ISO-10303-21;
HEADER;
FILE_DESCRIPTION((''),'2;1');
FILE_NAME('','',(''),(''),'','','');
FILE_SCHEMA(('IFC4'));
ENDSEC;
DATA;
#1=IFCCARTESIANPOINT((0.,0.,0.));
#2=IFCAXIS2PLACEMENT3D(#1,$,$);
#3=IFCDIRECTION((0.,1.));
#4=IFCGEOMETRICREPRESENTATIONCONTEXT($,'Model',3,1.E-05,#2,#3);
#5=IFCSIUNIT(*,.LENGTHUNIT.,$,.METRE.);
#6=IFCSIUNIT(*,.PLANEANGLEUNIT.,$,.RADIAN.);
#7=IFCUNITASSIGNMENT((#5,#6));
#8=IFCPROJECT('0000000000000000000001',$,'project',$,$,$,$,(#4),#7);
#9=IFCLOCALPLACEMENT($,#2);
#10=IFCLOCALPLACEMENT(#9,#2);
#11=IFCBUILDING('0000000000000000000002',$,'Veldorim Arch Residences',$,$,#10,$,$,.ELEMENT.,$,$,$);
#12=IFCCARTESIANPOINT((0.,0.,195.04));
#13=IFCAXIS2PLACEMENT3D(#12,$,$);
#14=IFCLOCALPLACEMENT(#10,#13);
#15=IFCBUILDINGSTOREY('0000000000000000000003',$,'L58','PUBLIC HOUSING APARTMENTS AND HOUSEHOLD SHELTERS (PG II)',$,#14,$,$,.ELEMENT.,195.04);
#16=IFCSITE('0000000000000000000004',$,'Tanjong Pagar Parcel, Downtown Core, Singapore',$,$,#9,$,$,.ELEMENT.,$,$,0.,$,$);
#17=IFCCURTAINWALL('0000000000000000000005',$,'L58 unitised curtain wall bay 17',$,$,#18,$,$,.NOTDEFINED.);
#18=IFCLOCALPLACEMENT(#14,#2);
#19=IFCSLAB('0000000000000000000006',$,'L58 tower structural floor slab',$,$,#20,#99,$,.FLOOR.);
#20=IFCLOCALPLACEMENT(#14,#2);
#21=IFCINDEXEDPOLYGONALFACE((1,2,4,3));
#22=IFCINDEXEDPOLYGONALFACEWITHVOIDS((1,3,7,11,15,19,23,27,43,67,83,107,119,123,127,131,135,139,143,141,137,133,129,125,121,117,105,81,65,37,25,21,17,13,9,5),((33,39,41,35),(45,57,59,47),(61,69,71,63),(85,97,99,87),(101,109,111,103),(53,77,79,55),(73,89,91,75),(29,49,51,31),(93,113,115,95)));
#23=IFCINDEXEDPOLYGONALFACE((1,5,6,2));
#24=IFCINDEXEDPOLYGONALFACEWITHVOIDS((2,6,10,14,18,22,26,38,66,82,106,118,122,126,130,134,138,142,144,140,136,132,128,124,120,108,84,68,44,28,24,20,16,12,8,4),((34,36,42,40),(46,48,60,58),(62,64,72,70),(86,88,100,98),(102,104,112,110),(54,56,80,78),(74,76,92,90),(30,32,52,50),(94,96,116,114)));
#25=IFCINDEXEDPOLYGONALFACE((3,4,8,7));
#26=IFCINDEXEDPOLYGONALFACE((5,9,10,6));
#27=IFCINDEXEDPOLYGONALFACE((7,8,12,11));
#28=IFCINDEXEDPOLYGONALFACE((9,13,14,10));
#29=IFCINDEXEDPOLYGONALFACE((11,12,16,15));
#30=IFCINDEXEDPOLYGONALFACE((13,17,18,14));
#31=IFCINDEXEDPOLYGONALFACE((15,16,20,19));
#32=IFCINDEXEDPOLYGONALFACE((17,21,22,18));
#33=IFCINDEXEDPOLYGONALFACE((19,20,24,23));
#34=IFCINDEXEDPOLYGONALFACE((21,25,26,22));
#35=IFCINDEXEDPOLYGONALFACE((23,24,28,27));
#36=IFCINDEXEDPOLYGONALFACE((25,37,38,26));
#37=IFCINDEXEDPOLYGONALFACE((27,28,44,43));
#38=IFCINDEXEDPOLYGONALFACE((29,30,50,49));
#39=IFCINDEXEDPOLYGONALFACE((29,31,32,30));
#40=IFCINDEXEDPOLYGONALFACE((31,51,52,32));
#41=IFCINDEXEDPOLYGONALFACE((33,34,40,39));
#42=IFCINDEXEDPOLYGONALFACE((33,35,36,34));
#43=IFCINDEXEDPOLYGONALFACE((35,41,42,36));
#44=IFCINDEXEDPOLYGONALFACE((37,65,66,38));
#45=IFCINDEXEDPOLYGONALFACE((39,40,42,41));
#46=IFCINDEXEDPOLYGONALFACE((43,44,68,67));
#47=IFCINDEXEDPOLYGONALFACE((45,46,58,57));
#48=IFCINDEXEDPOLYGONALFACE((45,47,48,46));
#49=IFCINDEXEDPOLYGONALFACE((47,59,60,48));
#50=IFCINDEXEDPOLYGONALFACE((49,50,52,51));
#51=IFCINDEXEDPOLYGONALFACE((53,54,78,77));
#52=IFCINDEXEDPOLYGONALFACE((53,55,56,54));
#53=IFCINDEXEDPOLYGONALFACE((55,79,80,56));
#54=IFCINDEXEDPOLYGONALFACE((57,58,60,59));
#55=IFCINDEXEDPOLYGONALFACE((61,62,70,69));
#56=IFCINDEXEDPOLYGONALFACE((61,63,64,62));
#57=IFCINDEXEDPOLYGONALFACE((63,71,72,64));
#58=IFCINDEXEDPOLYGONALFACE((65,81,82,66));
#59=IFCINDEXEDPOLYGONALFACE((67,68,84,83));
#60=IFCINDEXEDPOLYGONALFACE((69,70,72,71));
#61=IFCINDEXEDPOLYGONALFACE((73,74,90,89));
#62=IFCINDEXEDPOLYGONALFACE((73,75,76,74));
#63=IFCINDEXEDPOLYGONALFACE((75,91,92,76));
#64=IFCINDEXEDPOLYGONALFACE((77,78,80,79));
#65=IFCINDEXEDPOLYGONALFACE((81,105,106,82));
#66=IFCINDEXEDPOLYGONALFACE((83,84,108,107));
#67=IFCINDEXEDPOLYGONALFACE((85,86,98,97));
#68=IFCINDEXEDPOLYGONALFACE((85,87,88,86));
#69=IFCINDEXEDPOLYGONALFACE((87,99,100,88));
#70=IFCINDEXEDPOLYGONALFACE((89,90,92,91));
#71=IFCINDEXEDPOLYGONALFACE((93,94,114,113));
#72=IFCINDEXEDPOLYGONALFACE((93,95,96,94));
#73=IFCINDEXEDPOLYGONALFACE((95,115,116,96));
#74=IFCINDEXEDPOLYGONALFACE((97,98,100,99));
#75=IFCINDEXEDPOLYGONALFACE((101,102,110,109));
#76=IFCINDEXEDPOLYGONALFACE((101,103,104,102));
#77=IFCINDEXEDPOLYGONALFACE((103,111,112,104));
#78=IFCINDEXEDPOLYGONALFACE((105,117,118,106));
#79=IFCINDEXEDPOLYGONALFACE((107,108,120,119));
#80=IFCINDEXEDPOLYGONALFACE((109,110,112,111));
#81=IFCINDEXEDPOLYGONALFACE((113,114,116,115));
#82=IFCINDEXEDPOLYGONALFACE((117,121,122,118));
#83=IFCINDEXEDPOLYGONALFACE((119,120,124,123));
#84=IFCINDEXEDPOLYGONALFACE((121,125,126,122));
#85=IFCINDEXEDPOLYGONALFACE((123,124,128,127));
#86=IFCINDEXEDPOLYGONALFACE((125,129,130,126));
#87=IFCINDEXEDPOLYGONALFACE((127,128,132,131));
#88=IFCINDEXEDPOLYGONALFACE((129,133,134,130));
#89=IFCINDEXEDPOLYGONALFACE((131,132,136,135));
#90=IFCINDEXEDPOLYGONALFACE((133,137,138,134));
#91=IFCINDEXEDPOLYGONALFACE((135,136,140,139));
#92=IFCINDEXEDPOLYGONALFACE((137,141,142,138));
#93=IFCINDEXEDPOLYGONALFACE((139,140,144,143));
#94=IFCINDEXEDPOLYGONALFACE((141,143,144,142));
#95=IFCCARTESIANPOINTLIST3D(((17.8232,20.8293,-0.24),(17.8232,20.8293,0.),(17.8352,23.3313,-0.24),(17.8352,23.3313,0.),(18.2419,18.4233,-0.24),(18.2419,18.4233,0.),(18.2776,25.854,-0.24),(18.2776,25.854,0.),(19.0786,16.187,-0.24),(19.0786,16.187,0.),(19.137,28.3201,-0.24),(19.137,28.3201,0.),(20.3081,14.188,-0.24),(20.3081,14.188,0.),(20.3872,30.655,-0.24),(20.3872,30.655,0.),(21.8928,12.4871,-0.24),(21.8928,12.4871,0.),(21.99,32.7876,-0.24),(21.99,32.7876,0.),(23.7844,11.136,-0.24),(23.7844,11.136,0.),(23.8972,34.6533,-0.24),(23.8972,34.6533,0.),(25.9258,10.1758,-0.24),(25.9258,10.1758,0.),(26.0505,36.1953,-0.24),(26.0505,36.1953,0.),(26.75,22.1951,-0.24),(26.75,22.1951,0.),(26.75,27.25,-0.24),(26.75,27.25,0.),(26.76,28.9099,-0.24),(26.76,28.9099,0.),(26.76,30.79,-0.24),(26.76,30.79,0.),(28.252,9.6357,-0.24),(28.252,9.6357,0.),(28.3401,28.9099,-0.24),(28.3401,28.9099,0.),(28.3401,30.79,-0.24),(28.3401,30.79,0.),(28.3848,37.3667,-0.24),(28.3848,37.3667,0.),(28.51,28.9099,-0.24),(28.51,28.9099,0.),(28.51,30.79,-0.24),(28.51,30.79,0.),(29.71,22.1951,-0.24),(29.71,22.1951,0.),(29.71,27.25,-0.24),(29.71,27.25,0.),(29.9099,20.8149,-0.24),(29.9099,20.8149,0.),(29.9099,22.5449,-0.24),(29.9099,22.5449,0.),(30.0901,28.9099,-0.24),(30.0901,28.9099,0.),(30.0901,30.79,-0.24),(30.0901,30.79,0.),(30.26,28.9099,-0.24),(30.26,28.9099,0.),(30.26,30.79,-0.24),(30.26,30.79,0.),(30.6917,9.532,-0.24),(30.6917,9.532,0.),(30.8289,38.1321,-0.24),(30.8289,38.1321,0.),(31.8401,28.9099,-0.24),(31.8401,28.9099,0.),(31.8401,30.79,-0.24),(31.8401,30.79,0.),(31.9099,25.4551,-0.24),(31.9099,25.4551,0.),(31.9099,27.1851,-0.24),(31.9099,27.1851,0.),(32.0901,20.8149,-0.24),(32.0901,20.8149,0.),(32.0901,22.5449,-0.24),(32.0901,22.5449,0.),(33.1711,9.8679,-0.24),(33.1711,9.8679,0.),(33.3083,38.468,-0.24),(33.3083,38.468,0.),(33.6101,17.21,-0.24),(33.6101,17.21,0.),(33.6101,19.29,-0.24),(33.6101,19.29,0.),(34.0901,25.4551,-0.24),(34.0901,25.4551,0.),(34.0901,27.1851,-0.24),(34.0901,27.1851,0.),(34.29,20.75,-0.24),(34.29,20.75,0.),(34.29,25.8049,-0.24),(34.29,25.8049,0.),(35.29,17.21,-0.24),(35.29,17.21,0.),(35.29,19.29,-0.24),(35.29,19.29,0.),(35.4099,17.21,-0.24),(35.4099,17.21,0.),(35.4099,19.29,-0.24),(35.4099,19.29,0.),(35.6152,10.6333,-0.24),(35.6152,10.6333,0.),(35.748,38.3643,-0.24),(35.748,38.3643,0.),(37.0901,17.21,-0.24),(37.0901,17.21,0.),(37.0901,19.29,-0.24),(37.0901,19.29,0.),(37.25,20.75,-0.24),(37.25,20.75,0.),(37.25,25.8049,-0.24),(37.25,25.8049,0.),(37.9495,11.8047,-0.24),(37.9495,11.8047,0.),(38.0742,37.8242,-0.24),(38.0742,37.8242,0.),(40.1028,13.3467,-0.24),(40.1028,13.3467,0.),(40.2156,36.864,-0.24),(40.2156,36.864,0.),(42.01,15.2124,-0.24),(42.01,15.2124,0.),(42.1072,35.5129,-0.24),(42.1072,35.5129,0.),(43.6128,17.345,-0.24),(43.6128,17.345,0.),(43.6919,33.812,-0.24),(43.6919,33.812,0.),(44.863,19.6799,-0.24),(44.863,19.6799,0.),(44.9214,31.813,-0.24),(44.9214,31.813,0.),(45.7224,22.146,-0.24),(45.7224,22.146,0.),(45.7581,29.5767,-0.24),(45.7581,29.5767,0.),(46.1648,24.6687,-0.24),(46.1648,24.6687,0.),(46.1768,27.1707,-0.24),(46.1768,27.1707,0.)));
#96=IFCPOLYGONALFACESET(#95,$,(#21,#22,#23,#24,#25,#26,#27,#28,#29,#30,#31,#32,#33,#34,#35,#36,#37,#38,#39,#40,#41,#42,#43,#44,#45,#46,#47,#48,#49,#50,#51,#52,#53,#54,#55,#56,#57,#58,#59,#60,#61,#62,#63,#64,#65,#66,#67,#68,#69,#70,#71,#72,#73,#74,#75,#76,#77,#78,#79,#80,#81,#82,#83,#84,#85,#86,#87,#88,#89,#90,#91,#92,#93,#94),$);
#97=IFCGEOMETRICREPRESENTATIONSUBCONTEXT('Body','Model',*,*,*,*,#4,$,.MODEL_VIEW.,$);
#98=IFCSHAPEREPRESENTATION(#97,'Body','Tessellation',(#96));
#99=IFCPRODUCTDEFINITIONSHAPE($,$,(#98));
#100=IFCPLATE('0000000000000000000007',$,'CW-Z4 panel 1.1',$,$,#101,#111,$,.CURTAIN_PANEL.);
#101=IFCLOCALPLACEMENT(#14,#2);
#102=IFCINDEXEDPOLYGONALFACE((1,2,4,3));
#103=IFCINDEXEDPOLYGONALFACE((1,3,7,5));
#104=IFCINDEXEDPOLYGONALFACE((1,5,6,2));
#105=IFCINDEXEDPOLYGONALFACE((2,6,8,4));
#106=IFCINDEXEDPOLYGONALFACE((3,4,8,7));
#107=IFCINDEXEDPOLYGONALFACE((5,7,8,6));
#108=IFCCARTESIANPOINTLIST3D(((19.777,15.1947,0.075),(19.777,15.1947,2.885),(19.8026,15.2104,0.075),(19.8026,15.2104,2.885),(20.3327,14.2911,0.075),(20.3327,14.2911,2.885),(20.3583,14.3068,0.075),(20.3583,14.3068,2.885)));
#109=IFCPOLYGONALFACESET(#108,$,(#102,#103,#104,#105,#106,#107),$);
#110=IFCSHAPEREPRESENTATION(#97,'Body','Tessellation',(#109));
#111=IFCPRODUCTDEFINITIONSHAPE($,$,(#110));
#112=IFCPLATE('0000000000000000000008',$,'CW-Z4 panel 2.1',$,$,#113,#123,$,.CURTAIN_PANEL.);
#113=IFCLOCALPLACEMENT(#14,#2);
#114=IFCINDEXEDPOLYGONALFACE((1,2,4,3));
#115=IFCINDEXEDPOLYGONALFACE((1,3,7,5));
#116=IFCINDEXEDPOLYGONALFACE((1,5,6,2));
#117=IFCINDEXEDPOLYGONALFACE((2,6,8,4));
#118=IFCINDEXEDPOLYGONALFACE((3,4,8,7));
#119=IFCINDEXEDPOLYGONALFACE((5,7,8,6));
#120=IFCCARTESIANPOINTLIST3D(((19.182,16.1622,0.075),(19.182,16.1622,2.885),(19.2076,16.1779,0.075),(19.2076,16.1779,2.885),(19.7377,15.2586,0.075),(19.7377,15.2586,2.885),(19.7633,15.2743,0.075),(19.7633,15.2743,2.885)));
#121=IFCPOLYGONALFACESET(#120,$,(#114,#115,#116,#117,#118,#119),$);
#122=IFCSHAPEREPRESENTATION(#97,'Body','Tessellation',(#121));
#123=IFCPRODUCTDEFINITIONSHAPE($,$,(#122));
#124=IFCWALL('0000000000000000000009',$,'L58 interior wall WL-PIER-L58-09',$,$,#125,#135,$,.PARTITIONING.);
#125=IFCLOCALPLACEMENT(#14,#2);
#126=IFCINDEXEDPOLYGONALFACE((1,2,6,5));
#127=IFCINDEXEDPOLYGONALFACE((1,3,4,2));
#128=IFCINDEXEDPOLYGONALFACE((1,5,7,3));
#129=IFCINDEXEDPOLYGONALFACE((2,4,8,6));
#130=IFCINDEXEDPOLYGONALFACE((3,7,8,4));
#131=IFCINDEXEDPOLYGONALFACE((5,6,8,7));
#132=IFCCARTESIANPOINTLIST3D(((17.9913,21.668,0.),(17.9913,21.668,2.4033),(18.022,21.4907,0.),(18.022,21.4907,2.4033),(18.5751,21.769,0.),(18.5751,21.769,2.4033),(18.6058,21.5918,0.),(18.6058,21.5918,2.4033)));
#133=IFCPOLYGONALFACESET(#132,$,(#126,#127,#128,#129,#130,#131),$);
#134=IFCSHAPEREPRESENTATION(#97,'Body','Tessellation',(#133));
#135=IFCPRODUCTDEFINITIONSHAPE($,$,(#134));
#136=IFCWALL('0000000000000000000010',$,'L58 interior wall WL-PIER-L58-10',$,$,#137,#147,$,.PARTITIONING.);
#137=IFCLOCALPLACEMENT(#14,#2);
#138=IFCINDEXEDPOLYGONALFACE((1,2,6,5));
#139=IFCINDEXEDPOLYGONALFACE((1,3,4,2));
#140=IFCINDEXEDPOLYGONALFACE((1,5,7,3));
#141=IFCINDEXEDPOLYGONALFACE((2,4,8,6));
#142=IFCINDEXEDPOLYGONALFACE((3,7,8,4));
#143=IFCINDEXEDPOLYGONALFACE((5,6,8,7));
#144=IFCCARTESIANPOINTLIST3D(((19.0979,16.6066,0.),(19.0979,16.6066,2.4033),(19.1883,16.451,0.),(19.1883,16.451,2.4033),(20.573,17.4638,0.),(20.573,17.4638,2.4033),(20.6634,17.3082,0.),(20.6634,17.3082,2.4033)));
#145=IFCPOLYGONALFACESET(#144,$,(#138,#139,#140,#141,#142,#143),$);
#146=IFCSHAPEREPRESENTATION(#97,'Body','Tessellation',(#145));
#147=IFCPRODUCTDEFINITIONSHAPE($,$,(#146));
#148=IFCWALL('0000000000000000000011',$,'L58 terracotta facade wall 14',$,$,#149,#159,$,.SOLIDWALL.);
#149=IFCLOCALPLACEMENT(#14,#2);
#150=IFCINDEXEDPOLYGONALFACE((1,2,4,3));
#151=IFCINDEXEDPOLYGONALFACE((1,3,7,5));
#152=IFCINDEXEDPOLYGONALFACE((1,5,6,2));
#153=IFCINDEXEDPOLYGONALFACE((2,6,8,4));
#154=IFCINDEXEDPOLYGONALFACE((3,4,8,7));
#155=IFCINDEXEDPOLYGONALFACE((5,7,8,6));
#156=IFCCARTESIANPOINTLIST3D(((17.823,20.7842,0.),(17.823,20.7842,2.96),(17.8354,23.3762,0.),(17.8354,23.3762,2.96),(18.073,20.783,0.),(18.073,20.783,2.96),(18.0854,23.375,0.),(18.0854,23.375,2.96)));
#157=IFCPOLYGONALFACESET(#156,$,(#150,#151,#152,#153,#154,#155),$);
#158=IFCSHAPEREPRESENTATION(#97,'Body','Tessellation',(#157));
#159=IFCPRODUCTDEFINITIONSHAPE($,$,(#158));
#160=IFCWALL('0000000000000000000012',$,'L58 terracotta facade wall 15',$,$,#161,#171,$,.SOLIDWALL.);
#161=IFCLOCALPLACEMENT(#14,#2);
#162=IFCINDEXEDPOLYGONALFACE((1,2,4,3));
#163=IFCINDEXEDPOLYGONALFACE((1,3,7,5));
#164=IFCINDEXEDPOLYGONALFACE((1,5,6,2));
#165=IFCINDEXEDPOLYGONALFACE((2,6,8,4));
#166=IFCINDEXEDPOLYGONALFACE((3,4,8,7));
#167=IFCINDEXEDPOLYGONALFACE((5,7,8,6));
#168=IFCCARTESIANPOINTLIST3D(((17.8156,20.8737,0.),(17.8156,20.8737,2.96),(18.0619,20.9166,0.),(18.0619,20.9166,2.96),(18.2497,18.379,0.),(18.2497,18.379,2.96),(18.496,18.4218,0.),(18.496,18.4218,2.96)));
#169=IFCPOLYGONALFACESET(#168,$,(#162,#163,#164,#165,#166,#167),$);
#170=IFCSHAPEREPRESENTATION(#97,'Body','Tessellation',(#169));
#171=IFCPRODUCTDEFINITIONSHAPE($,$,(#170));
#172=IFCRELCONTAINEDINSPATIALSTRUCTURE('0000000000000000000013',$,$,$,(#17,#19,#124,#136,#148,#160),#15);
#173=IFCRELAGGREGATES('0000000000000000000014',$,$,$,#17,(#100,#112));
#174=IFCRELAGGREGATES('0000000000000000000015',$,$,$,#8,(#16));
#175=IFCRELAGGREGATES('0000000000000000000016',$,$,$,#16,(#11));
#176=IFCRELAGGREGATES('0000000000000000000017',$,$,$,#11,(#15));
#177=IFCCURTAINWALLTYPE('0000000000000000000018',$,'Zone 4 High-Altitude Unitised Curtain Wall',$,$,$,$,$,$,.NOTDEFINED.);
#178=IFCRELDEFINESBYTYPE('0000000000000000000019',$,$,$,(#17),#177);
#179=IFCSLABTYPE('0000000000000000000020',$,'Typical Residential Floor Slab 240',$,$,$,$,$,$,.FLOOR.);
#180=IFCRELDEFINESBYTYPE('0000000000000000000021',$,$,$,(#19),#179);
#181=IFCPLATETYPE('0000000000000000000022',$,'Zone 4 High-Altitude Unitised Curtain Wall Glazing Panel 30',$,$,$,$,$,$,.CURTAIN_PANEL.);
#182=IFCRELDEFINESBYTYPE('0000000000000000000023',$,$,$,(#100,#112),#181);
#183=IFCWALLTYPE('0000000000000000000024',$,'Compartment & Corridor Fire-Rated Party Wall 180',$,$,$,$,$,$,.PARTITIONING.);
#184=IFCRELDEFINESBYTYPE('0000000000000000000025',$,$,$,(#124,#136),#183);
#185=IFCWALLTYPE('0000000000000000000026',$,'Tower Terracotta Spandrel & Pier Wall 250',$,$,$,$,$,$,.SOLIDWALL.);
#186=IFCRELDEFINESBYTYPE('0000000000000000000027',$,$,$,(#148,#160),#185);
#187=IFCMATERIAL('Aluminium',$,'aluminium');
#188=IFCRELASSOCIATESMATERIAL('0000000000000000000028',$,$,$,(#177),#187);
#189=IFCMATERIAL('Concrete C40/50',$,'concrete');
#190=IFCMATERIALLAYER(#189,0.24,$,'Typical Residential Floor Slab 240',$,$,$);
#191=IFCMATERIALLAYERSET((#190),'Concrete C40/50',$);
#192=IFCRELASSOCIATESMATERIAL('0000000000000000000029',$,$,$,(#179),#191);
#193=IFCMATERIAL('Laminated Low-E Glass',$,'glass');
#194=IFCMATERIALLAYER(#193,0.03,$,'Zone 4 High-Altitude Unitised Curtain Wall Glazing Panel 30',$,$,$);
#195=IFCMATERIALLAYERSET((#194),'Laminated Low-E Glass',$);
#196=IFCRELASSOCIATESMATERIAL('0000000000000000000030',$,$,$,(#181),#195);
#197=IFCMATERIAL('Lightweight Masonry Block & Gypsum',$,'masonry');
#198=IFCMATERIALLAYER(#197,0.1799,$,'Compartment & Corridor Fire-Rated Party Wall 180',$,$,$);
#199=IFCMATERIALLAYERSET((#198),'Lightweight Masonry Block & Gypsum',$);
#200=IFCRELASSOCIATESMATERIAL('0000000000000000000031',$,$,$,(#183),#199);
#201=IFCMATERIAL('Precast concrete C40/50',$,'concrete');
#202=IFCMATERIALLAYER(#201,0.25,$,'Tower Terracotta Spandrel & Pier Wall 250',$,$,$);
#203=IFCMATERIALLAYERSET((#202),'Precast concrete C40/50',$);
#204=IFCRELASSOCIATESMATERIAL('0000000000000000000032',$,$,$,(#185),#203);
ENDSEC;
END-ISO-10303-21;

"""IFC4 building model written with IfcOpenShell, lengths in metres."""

from ifc_helpers import new_model, si_unit, direction, frame, frame_2d, origin, origin_2d, place, context, subcontext, project, spatial, polyline, rectangle, outline, extrude, material, layer, layer_set, type_object, element, aggregate, save


model = new_model("IFC4")

# Units and contexts
model_context = context("Model", 3, precision=1e-05, world=origin(), true_north=direction((0.0, 1.0)))
body_context = subcontext(model_context, "Body", "Model", "MODEL_VIEW")
ifc_project = project(units=[si_unit("LENGTHUNIT", "METRE"), si_unit("PLANEANGLEUNIT", "RADIAN")], contexts=[model_context])

# Site, building, storey
site_placement = place(None, origin())
site = spatial("IfcSite", under=ifc_project, at=site_placement, Name="Tanjong Pagar Parcel, Downtown Core, Singapore", CompositionType="ELEMENT", RefElevation=0.0)
building_placement = place(site_placement, origin())
building = spatial("IfcBuilding", under=site, at=building_placement, Name="Veldorim Arch Residences", CompositionType="ELEMENT")
storey_placement = place(building_placement, frame((0.0, 0.0, 195.04)))
storey = spatial("IfcBuildingStorey", under=building, at=storey_placement, Name="L58", Description="PUBLIC HOUSING APARTMENTS AND HOUSEHOLD SHELTERS (PG II)", CompositionType="ELEMENT", Elevation=195.04)

# Curtain wall
ifc_material_1 = material(Name="Aluminium", Category="aluminium")
curtain_wall_type = type_object("IfcCurtainWallType", Name="Zone 4 High-Altitude Unitised Curtain Wall", PredefinedType="NOTDEFINED", material=ifc_material_1)
curtain_wall_placement = place(storey_placement, origin())
curtain_wall = element("IfcCurtainWall", 1, at=curtain_wall_placement, inside=storey, type_object=curtain_wall_type, Name="L58 unitised curtain wall bay 17", PredefinedType="NOTDEFINED")

# Slab
ifc_material_2 = material(Name="Concrete C40/50", Category="concrete")
ifc_layer_1 = layer(ifc_material_2, 0.24, Name="Typical Residential Floor Slab 240")
ifc_layer_set_1 = layer_set([ifc_layer_1], Name="Concrete C40/50")
slab_type_1 = type_object("IfcSlabType", Name="Typical Residential Floor Slab 240", PredefinedType="FLOOR", material=ifc_layer_set_1)
slab_1_placement = place(storey_placement, frame((0.0, 0.0, -0.24)))
element("IfcSlab", 2, at=slab_1_placement, inside=storey, type_object=slab_type_1, Name="L58 tower structural floor slab", PredefinedType="FLOOR", context=body_context, shape_type="SweptSolid", body=[
    extrude(outline(polyline([(42.1072, 35.5129), (40.2156, 36.864), (38.0742, 37.8242), (35.748, 38.3643), (33.3083, 38.468), (30.8289, 38.1321), (28.3848, 37.3667), (26.0505, 36.1953), (23.8972, 34.6533), (21.99, 32.7876), (20.3872, 30.655), (19.137, 28.3201), (18.2776, 25.854), (17.8352, 23.3313), (17.8232, 20.8293), (18.2419, 18.4233), (19.0786, 16.187), (20.3081, 14.188), (21.8928, 12.4871), (23.7844, 11.136), (25.9258, 10.1758), (28.252, 9.6357), (30.6917, 9.532), (33.1711, 9.8679), (35.6152, 10.6333), (37.9495, 11.8047), (40.1028, 13.3467), (42.01, 15.2124), (43.6128, 17.345), (44.863, 19.6799), (45.7224, 22.146), (46.1648, 24.6687), (46.1768, 27.1707), (45.7581, 29.5767), (44.9214, 31.813), (43.6919, 33.812), (42.1072, 35.5129)]), holes=[polyline([(33.6101, 17.21), (33.6101, 19.29), (35.29, 19.29), (35.29, 17.21), (33.6101, 17.21)]), polyline([(35.4099, 17.21), (35.4099, 19.29), (37.0901, 19.29), (37.0901, 17.21), (35.4099, 17.21)]), polyline([(29.9099, 20.8149), (29.9099, 22.5449), (32.0901, 22.5449), (32.0901, 20.8149), (29.9099, 20.8149)]), polyline([(34.29, 20.75), (34.29, 25.8049), (37.25, 25.8049), (37.25, 20.75), (34.29, 20.75)]), polyline([(26.75, 22.1951), (26.75, 27.25), (29.71, 27.25), (29.71, 22.1951), (26.75, 22.1951)]), polyline([(31.9099, 25.4551), (31.9099, 27.1851), (34.0901, 27.1851), (34.0901, 25.4551), (31.9099, 25.4551)]), polyline([(26.76, 28.9099), (26.76, 30.79), (28.3401, 30.79), (28.3401, 28.9099), (26.76, 28.9099)]), polyline([(28.51, 30.79), (30.0901, 30.79), (30.0901, 28.9099), (28.51, 28.9099), (28.51, 30.79)]), polyline([(30.26, 30.79), (31.8401, 30.79), (31.8401, 28.9099), (30.26, 28.9099), (30.26, 30.79)])]), origin(), (0.0, 0.0, 1.0), 0.24),
])

# Plates
ifc_material_3 = material(Name="Laminated Low-E Glass", Category="glass")
ifc_layer_2 = layer(ifc_material_3, 0.03, Name="Zone 4 High-Altitude Unitised Curtain Wall Glazing Panel 30")
ifc_layer_set_2 = layer_set([ifc_layer_2], Name="Laminated Low-E Glass")
plate_type = type_object("IfcPlateType", Name="Zone 4 High-Altitude Unitised Curtain Wall Glazing Panel 30", PredefinedType="CURTAIN_PANEL", material=ifc_layer_set_2)
plate_1_placement = place(storey_placement, frame((20.0676, 14.7507, 0.075), z_axis=(0.0, 0.0, 1.0), x_axis=(-0.523864, 0.851802, 0.0)))
plate_1 = element("IfcPlate", 3, at=plate_1_placement, type_object=plate_type, Name="CW-Z4 panel 1.1", PredefinedType="CURTAIN_PANEL", context=body_context, shape_type="SweptSolid", body=[
    extrude(rectangle(XDim=1.0608, YDim=0.03, at=origin_2d()), origin(), (0.0, 0.0, 1.0), 2.8101),
])
plate_2_placement = place(storey_placement, frame((19.4727, 15.7183, 0.075), z_axis=(0.0, 0.0, 1.0), x_axis=(-0.523864, 0.851802, 0.0)))
plate_2 = element("IfcPlate", 4, at=plate_2_placement, type_object=plate_type, Name="CW-Z4 panel 2.1", PredefinedType="CURTAIN_PANEL", context=body_context, shape_type="SweptSolid", body=[
    extrude(rectangle(XDim=1.0608, YDim=0.03, at=origin_2d()), origin(), (0.0, 0.0, 1.0), 2.8101),
])
aggregate(curtain_wall, [plate_1, plate_2])

# Walls
ifc_material_4 = material(Name="Lightweight Masonry Block & Gypsum", Category="masonry")
ifc_layer_3 = layer(ifc_material_4, 0.1799, Name="Compartment & Corridor Fire-Rated Party Wall 180")
ifc_layer_set_3 = layer_set([ifc_layer_3], Name="Lightweight Masonry Block & Gypsum")
wall_type_1 = type_object("IfcWallType", Name="Compartment & Corridor Fire-Rated Party Wall 180", PredefinedType="PARTITIONING", material=ifc_layer_set_3)
wall_1_placement = place(storey_placement, frame((18.5906, 21.6804, 0.0), z_axis=(0.0, 0.0, 1.0), x_axis=(-0.985339, -0.170611, 0.0)))
element("IfcWall", 5, at=wall_1_placement, inside=storey, type_object=wall_type_1, Name="L58 interior wall WL-PIER-L58-09", PredefinedType="PARTITIONING", context=body_context, shape_type="SweptSolid", body=[
    extrude(rectangle(XDim=0.5925, YDim=0.1799, at=frame_2d((0.2964, 0.0))), origin(), (0.0, 0.0, 1.0), 2.4033),
])
wall_2_placement = place(storey_placement, frame((20.6182, 17.386, 0.0), z_axis=(0.0, 0.0, 1.0), x_axis=(-0.864619, -0.502429, 0.0)))
element("IfcWall", 6, at=wall_2_placement, inside=storey, type_object=wall_type_1, Name="L58 interior wall WL-PIER-L58-10", PredefinedType="PARTITIONING", context=body_context, shape_type="SweptSolid", body=[
    extrude(rectangle(XDim=1.7061, YDim=0.1799, at=frame_2d((0.853, 0.0))), origin(), (0.0, 0.0, 1.0), 2.4033),
])
ifc_material_5 = material(Name="Precast concrete C40/50", Category="concrete")
ifc_layer_4 = layer(ifc_material_5, 0.25, Name="Tower Terracotta Spandrel & Pier Wall 250")
ifc_layer_set_4 = layer_set([ifc_layer_4], Name="Precast concrete C40/50")
wall_type_2 = type_object("IfcWallType", Name="Tower Terracotta Spandrel & Pier Wall 250", PredefinedType="SOLIDWALL", material=ifc_layer_set_4)
wall_3_placement = place(storey_placement, frame((17.948, 20.7837, 0.0), z_axis=(0.0, 0.0, 1.0), x_axis=(0.004804, 0.999988, 0.0)))
element("IfcWall", 7, at=wall_3_placement, inside=storey, type_object=wall_type_2, Name="L58 terracotta facade wall 14", PredefinedType="SOLIDWALL", context=body_context, shape_type="SweptSolid", body=[
    extrude(rectangle(XDim=2.592, YDim=0.25, at=frame_2d((1.2959, 0.0))), origin(), (0.0, 0.0, 1.0), 2.96),
])
wall_4_placement = place(storey_placement, frame((18.3728, 18.4004, 0.0), z_axis=(0.0, 0.0, 1.0), x_axis=(-0.171431, 0.985196, 0.0)))
element("IfcWall", 8, at=wall_4_placement, inside=storey, type_object=wall_type_2, Name="L58 terracotta facade wall 15", PredefinedType="SOLIDWALL", context=body_context, shape_type="SweptSolid", body=[
    extrude(rectangle(XDim=2.5322, YDim=0.25, at=frame_2d((1.2661, 0.0))), origin(), (0.0, 0.0, 1.0), 2.96),
])

save(model, "model.ifc")
